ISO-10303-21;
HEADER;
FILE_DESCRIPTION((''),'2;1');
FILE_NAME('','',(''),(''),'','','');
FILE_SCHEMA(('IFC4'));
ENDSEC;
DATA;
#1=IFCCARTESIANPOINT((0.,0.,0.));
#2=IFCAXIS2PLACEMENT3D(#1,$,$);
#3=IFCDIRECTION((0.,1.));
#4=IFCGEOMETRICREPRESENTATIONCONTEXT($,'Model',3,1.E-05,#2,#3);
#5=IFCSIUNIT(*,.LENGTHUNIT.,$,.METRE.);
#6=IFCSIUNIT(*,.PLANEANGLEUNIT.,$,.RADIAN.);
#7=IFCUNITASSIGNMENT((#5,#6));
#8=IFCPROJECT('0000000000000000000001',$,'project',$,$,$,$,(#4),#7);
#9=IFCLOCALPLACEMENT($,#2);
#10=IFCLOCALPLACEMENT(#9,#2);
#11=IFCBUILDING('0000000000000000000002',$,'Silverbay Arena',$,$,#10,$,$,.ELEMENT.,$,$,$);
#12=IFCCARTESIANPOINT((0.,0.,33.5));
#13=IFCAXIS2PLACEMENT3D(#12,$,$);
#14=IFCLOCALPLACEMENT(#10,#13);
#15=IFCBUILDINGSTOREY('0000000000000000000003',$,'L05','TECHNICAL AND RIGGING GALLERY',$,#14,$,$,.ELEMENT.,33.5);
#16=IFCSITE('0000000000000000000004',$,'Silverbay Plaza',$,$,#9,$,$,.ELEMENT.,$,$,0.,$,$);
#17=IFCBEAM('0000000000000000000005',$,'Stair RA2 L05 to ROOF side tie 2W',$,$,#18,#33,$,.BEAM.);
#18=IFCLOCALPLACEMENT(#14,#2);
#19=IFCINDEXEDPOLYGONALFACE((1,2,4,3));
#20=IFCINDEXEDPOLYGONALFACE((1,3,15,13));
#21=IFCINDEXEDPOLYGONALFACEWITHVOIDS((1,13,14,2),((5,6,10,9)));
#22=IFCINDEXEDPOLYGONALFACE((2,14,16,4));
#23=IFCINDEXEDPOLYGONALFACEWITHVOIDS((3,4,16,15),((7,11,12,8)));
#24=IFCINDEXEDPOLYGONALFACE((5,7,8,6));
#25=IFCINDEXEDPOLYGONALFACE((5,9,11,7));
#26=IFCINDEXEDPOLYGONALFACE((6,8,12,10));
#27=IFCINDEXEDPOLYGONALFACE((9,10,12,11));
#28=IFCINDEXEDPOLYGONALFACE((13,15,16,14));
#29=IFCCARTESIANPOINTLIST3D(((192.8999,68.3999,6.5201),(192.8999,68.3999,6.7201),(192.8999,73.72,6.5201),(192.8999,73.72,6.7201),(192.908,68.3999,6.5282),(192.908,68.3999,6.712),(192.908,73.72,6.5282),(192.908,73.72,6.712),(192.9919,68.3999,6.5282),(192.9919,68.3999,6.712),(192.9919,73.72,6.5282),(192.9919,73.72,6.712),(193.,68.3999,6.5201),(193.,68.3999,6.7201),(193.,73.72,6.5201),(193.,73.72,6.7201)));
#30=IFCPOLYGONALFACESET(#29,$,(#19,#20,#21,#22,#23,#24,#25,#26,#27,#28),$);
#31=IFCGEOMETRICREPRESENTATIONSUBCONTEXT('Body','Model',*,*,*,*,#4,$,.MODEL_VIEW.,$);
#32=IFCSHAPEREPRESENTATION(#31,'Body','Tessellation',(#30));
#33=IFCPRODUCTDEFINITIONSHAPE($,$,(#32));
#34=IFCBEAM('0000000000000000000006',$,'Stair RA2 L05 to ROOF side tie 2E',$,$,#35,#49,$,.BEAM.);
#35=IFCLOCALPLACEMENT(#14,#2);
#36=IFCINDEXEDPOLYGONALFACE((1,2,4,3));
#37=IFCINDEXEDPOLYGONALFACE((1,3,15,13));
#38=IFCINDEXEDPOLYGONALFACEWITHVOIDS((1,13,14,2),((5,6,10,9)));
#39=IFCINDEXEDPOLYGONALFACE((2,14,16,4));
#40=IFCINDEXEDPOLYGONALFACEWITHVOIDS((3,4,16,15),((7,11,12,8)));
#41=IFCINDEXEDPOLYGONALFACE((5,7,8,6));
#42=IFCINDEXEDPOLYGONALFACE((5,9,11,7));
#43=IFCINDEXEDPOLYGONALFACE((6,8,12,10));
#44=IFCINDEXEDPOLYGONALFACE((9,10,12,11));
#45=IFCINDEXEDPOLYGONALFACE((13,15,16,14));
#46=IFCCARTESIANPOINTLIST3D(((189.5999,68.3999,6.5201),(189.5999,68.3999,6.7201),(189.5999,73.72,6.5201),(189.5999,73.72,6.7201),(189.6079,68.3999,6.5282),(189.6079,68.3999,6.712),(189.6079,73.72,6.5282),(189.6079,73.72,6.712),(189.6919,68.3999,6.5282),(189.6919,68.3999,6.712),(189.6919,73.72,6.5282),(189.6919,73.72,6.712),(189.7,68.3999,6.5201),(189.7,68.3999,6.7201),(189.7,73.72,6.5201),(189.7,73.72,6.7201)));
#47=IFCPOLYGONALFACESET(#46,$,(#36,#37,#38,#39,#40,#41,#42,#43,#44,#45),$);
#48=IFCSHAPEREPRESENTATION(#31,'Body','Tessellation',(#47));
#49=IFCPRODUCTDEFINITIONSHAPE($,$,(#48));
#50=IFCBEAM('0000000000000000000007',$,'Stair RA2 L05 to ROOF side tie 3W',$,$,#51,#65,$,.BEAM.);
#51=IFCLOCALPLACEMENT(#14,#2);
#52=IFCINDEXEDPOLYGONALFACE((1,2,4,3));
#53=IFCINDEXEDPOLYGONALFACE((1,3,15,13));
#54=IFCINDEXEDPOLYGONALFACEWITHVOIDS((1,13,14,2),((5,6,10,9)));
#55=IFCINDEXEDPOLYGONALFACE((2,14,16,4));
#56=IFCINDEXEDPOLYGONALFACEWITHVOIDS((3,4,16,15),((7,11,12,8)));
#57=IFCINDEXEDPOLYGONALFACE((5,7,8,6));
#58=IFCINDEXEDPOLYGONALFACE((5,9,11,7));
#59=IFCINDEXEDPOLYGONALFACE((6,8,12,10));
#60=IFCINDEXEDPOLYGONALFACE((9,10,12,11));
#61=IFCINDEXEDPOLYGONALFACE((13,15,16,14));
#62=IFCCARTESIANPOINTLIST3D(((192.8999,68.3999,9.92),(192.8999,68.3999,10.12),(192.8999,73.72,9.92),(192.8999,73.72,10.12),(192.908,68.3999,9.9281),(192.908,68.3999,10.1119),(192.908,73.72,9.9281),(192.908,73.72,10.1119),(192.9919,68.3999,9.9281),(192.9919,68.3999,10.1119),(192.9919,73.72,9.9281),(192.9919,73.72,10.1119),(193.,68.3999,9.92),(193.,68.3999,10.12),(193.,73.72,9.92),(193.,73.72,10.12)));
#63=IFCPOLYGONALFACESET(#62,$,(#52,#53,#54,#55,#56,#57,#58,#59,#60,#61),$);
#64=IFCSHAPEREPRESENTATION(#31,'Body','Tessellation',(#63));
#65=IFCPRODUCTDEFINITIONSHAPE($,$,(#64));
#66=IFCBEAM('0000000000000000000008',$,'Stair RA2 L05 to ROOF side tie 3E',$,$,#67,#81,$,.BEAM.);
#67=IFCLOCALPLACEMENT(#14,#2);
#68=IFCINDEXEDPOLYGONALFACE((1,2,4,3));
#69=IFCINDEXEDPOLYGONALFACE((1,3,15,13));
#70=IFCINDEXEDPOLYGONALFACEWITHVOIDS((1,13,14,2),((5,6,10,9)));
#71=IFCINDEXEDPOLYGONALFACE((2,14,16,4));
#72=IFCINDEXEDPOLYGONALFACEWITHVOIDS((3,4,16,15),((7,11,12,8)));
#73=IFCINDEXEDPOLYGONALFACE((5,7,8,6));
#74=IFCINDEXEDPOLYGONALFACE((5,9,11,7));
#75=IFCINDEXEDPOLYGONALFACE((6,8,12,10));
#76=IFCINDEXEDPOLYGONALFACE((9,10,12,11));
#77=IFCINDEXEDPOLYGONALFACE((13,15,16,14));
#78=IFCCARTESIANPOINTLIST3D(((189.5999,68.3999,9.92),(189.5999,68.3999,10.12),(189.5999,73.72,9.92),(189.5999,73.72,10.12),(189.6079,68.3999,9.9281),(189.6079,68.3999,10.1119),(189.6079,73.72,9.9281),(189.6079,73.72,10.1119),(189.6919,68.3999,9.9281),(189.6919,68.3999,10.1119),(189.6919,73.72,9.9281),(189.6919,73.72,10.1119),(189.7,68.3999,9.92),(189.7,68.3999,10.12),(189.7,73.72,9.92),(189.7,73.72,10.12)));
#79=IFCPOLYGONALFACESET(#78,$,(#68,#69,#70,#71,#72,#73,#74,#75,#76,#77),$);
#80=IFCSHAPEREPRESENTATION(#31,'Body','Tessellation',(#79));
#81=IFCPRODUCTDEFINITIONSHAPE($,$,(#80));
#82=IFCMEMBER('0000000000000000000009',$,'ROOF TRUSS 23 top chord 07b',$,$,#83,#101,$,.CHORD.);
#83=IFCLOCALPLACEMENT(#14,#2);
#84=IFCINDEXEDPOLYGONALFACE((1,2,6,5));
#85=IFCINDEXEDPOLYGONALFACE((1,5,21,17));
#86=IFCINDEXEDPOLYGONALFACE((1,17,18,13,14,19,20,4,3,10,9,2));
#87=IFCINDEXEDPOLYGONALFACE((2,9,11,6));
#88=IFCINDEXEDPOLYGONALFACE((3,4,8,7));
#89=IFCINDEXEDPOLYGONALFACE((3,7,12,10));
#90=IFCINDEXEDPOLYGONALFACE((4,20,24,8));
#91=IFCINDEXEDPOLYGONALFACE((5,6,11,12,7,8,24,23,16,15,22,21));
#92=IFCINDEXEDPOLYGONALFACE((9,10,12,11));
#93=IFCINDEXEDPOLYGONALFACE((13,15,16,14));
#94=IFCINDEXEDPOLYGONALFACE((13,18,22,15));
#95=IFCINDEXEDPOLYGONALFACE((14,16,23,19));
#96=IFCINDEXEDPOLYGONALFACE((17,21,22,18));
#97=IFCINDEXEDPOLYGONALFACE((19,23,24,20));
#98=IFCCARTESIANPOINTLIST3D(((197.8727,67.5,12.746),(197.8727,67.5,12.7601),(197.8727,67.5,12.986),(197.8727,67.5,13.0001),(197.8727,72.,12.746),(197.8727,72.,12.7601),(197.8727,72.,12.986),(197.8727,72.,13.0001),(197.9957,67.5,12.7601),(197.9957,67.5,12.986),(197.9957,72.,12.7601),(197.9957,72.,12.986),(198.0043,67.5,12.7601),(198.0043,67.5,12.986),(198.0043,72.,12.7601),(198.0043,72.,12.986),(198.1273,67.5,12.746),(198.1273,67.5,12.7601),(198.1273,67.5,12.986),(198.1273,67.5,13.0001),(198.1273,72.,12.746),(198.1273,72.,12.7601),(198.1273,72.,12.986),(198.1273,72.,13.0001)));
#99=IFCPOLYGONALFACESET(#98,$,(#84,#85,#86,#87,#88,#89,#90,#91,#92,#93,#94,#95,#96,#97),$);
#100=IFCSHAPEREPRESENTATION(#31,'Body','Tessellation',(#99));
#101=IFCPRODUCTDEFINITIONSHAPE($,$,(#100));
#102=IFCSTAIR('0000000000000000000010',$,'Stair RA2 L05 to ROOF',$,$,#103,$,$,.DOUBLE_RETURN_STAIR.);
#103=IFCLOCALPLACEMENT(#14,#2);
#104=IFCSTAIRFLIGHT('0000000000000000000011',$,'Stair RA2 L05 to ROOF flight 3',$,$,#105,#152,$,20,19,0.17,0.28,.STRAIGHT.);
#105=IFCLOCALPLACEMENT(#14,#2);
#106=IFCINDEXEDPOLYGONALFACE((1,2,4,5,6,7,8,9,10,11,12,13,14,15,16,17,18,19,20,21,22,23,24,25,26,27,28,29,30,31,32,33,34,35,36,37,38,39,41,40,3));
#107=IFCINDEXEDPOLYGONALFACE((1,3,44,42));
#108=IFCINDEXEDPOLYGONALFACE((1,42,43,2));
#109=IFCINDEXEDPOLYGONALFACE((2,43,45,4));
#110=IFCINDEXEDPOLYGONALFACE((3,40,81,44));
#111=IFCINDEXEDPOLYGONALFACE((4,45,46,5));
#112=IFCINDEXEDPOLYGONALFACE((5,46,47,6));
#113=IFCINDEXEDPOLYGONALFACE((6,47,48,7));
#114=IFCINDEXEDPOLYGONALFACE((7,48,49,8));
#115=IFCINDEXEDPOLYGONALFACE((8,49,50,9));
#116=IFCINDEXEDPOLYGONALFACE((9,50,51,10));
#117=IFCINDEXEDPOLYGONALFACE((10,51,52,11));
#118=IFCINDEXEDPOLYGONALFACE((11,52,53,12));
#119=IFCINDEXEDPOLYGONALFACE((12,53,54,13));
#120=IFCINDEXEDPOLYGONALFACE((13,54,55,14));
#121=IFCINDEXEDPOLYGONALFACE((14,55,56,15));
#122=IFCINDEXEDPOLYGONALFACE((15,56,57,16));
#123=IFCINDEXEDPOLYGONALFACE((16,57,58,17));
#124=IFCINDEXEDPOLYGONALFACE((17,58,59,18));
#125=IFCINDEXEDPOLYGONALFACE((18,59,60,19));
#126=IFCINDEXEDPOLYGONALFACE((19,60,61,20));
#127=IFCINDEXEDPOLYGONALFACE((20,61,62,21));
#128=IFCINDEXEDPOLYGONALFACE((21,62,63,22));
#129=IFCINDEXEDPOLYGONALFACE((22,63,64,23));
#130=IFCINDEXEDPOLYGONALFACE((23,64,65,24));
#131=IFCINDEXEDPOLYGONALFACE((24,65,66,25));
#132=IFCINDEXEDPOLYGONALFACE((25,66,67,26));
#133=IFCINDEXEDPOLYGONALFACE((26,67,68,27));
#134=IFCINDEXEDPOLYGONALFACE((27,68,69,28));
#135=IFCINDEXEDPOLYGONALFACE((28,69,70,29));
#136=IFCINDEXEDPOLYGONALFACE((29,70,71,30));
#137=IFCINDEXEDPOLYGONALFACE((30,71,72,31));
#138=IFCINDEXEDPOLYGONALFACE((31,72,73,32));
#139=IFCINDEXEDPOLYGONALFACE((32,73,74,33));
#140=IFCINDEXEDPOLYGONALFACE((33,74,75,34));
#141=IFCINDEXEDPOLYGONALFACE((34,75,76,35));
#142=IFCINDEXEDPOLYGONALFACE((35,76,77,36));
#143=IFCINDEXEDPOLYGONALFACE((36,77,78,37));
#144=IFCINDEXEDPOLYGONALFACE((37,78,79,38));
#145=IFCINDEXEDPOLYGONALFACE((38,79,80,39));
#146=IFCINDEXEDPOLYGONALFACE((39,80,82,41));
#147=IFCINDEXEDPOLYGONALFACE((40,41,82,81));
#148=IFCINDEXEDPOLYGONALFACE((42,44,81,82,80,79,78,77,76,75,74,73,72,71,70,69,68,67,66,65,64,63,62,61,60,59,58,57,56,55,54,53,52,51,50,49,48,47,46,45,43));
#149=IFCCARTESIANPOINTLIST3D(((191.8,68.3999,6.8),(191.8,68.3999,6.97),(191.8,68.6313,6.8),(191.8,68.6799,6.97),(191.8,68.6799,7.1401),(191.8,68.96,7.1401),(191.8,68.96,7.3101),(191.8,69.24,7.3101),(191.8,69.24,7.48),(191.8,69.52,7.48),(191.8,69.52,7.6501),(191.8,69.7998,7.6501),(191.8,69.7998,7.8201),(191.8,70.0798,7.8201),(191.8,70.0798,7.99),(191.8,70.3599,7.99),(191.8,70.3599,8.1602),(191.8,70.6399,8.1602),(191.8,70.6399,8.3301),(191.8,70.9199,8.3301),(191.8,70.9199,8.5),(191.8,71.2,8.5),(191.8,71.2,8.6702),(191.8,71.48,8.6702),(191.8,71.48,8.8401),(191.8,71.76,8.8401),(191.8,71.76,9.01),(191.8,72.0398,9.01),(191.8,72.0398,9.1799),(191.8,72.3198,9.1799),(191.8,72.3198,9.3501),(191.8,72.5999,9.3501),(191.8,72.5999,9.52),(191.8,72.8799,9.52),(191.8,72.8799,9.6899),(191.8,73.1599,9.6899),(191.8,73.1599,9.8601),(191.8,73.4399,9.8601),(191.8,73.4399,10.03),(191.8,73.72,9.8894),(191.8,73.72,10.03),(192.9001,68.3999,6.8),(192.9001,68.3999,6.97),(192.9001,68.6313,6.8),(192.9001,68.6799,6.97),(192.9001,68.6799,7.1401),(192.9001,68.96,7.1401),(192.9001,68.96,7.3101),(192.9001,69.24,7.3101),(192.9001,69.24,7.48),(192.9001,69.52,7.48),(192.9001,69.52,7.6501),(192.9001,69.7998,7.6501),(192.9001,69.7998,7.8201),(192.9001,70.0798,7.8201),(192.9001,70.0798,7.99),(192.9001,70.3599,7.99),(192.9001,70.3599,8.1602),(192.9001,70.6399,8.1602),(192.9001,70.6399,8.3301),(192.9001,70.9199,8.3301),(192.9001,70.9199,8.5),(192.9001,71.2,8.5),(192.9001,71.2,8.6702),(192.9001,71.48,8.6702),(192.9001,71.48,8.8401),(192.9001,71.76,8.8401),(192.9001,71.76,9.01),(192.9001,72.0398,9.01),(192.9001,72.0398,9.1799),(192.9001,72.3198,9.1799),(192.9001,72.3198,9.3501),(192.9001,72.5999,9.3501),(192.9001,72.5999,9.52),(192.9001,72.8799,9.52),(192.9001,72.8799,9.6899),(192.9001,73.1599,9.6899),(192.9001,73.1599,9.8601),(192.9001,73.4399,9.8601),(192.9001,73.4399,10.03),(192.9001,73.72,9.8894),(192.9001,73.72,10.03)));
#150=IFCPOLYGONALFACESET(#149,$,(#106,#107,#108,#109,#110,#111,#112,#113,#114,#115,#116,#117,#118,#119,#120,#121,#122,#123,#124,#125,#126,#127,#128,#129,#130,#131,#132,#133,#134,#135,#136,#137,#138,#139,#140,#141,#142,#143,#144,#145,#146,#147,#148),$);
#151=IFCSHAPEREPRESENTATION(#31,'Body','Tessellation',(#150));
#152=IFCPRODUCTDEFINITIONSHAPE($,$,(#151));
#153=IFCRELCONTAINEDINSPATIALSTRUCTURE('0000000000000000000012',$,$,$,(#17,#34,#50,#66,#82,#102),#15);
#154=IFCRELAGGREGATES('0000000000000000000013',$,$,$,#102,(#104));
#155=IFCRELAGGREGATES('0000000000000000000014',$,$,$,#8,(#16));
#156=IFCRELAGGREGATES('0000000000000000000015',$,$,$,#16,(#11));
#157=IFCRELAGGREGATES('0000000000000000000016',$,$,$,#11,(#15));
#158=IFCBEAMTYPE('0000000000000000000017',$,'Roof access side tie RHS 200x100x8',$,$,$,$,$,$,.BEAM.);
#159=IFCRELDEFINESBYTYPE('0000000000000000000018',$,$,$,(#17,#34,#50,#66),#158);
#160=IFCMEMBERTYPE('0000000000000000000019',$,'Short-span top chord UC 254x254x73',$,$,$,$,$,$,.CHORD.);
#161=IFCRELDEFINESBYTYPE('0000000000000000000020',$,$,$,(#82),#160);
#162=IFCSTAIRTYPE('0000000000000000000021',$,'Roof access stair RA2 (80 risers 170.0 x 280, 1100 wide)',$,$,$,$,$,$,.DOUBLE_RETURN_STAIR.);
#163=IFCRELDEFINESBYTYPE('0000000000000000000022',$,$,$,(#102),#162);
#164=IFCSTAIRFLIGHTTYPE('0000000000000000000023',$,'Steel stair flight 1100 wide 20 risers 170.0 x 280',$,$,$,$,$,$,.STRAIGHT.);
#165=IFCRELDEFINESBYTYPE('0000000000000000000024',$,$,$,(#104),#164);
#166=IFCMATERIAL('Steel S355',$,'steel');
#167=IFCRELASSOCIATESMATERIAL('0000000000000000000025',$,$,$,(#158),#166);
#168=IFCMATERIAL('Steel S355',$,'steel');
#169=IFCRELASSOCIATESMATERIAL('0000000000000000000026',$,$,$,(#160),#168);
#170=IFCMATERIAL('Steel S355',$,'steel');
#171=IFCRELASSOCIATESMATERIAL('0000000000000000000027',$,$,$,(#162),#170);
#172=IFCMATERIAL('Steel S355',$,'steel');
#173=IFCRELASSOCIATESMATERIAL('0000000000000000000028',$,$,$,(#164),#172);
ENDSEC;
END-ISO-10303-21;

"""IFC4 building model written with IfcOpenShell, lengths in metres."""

from ifc_helpers import new_model, si_unit, direction, frame, origin, origin_2d, place, context, subcontext, project, spatial, polyline, hollow_rectangle, i_section, outline, extrude, material, material_profile, profile_set, type_object, element, aggregate, save


model = new_model("IFC4")

# Units and contexts
model_context = context("Model", 3, precision=1e-05, world=origin(), true_north=direction((0.0, 1.0)))
body_context = subcontext(model_context, "Body", "Model", "MODEL_VIEW")
ifc_project = project(units=[si_unit("LENGTHUNIT", "METRE"), si_unit("PLANEANGLEUNIT", "RADIAN")], contexts=[model_context])

# Site, building, storey
site_placement = place(None, origin())
site = spatial("IfcSite", under=ifc_project, at=site_placement, Name="Silverbay Plaza", CompositionType="ELEMENT", RefElevation=0.0)
building_placement = place(site_placement, origin())
building = spatial("IfcBuilding", under=site, at=building_placement, Name="Silverbay Arena", CompositionType="ELEMENT")
storey_placement = place(building_placement, frame((0.0, 0.0, 33.5)))
storey = spatial("IfcBuildingStorey", under=building, at=storey_placement, Name="L05", Description="TECHNICAL AND RIGGING GALLERY", CompositionType="ELEMENT", Elevation=33.5)

# Beams
ifc_material_1 = material(Name="Steel S355", Category="steel")
ifc_material_profile_1 = material_profile(ifc_material_1, hollow_rectangle(XDim=0.1001, YDim=0.2, WallThickness=0.0081, at=origin_2d()), Name="RHS 200x100x8")
ifc_profile_set_1 = profile_set([ifc_material_profile_1], Name="Steel S355")
beam_type_1 = type_object("IfcBeamType", Name="Roof access side tie RHS 200x100x8", PredefinedType="BEAM", material=ifc_profile_set_1)
for number, where, z_axis, x_axis, name in (
    (1, (192.95, 68.3999, 6.6201), (0.0, 1.0, 0.0), (-1.0, 0.0, 0.0), "Stair RA2 L05 to ROOF side tie 2W"),
    (2, (189.6499, 68.3999, 6.6201), (0.0, 1.0, 0.0), (-1.0, 0.0, 0.0), "Stair RA2 L05 to ROOF side tie 2E"),
    (3, (192.95, 68.3999, 10.02), (0.0, 1.0, 0.0), (-1.0, 0.0, 0.0), "Stair RA2 L05 to ROOF side tie 3W"),
    (4, (189.6499, 68.3999, 10.02), (0.0, 1.0, 0.0), (-1.0, 0.0, 0.0), "Stair RA2 L05 to ROOF side tie 3E"),
):
    element("IfcBeam", number, at=place(storey_placement, frame(where, z_axis=z_axis, x_axis=x_axis)), inside=storey, type_object=beam_type_1, Name=name, PredefinedType="BEAM", context=body_context, shape_type="SweptSolid", body=[
        extrude(hollow_rectangle(XDim=0.1001, YDim=0.2, WallThickness=0.0081, at=origin_2d()), origin(), (0.0, 0.0, 1.0), 5.3201),
    ])

# Member
ifc_material_2 = material(Name="Steel S355", Category="steel")
ifc_material_profile_2 = material_profile(ifc_material_2, i_section(OverallWidth=0.2546, OverallDepth=0.2542, WebThickness=0.0085, FlangeThickness=0.0142, at=origin_2d()), Name="UC 254x254x73")
ifc_profile_set_2 = profile_set([ifc_material_profile_2], Name="Steel S355")
member_type_1 = type_object("IfcMemberType", Name="Short-span top chord UC 254x254x73", PredefinedType="CHORD", material=ifc_profile_set_2)
member_1_placement = place(storey_placement, frame((198.0, 67.5, 12.873), z_axis=(0.0, 1.0, 0.0), x_axis=(-1.0, 0.0, 0.0)))
element("IfcMember", 5, at=member_1_placement, inside=storey, type_object=member_type_1, Name="ROOF TRUSS 23 top chord 07b", PredefinedType="CHORD", context=body_context, shape_type="SweptSolid", body=[
    extrude(i_section(OverallWidth=0.2546, OverallDepth=0.2542, WebThickness=0.0085, FlangeThickness=0.0142, at=origin_2d()), origin(), (0.0, 0.0, 1.0), 4.5),
])

# Stair, stair flight
ifc_material_3 = material(Name="Steel S355", Category="steel")
stair_type = type_object("IfcStairType", Name="Roof access stair RA2 (80 risers 170.0 x 280, 1100 wide)", PredefinedType="DOUBLE_RETURN_STAIR", material=ifc_material_3)
stair_placement = place(storey_placement, origin())
stair = element("IfcStair", 6, at=stair_placement, inside=storey, type_object=stair_type, Name="Stair RA2 L05 to ROOF", PredefinedType="DOUBLE_RETURN_STAIR")
ifc_material_4 = material(Name="Steel S355", Category="steel")
stair_flight_type = type_object("IfcStairFlightType", Name="Steel stair flight 1100 wide 20 risers 170.0 x 280", PredefinedType="STRAIGHT", material=ifc_material_4)
stair_flight_1_placement = place(storey_placement, frame((192.3501, 68.3999, 6.8), z_axis=(0.0, 0.0, 1.0), x_axis=(0.0, 1.0, 0.0)))
stair_flight_1 = element("IfcStairFlight", 7, at=stair_flight_1_placement, type_object=stair_flight_type, Name="Stair RA2 L05 to ROOF flight 3", NumberOfRisers=20, NumberOfTreads=19, PredefinedType="STRAIGHT", RiserHeight=0.17, TreadLength=0.28, context=body_context, shape_type="SweptSolid", body=[
    extrude(outline(polyline([(0.0, 0.0), (0.0, 0.1699), (0.28, 0.1699), (0.28, 0.3401), (0.5601, 0.3401), (0.5601, 0.51), (0.8401, 0.51), (0.8401, 0.6799), (1.1201, 0.6799), (1.1201, 0.8501), (1.3999, 0.8501), (1.3999, 1.02), (1.6799, 1.02), (1.6799, 1.1899), (1.96, 1.1899), (1.96, 1.3601), (2.24, 1.3601), (2.24, 1.53), (2.52, 1.53), (2.52, 1.7), (2.8, 1.7), (2.8, 1.8701), (3.0801, 1.8701), (3.0801, 2.04), (3.3601, 2.04), (3.3601, 2.21), (3.6399, 2.21), (3.6399, 2.3799), (3.9199, 2.3799), (3.9199, 2.55), (4.2, 2.55), (4.2, 2.72), (4.48, 2.72), (4.48, 2.8899), (4.76, 2.8899), (4.76, 3.0601), (5.04, 3.0601), (5.04, 3.23), (5.3201, 3.23), (5.3201, 3.0894), (0.2314, 0.0), (0.0, 0.0)])), frame((0.0, 0.55, 0.0), z_axis=(0.0, -1.0, 0.0), x_axis=(1.0, 0.0, 0.0)), (0.0, 0.0, 1.0), 1.1001),
])
aggregate(stair, [stair_flight_1])

save(model, "model.ifc")
